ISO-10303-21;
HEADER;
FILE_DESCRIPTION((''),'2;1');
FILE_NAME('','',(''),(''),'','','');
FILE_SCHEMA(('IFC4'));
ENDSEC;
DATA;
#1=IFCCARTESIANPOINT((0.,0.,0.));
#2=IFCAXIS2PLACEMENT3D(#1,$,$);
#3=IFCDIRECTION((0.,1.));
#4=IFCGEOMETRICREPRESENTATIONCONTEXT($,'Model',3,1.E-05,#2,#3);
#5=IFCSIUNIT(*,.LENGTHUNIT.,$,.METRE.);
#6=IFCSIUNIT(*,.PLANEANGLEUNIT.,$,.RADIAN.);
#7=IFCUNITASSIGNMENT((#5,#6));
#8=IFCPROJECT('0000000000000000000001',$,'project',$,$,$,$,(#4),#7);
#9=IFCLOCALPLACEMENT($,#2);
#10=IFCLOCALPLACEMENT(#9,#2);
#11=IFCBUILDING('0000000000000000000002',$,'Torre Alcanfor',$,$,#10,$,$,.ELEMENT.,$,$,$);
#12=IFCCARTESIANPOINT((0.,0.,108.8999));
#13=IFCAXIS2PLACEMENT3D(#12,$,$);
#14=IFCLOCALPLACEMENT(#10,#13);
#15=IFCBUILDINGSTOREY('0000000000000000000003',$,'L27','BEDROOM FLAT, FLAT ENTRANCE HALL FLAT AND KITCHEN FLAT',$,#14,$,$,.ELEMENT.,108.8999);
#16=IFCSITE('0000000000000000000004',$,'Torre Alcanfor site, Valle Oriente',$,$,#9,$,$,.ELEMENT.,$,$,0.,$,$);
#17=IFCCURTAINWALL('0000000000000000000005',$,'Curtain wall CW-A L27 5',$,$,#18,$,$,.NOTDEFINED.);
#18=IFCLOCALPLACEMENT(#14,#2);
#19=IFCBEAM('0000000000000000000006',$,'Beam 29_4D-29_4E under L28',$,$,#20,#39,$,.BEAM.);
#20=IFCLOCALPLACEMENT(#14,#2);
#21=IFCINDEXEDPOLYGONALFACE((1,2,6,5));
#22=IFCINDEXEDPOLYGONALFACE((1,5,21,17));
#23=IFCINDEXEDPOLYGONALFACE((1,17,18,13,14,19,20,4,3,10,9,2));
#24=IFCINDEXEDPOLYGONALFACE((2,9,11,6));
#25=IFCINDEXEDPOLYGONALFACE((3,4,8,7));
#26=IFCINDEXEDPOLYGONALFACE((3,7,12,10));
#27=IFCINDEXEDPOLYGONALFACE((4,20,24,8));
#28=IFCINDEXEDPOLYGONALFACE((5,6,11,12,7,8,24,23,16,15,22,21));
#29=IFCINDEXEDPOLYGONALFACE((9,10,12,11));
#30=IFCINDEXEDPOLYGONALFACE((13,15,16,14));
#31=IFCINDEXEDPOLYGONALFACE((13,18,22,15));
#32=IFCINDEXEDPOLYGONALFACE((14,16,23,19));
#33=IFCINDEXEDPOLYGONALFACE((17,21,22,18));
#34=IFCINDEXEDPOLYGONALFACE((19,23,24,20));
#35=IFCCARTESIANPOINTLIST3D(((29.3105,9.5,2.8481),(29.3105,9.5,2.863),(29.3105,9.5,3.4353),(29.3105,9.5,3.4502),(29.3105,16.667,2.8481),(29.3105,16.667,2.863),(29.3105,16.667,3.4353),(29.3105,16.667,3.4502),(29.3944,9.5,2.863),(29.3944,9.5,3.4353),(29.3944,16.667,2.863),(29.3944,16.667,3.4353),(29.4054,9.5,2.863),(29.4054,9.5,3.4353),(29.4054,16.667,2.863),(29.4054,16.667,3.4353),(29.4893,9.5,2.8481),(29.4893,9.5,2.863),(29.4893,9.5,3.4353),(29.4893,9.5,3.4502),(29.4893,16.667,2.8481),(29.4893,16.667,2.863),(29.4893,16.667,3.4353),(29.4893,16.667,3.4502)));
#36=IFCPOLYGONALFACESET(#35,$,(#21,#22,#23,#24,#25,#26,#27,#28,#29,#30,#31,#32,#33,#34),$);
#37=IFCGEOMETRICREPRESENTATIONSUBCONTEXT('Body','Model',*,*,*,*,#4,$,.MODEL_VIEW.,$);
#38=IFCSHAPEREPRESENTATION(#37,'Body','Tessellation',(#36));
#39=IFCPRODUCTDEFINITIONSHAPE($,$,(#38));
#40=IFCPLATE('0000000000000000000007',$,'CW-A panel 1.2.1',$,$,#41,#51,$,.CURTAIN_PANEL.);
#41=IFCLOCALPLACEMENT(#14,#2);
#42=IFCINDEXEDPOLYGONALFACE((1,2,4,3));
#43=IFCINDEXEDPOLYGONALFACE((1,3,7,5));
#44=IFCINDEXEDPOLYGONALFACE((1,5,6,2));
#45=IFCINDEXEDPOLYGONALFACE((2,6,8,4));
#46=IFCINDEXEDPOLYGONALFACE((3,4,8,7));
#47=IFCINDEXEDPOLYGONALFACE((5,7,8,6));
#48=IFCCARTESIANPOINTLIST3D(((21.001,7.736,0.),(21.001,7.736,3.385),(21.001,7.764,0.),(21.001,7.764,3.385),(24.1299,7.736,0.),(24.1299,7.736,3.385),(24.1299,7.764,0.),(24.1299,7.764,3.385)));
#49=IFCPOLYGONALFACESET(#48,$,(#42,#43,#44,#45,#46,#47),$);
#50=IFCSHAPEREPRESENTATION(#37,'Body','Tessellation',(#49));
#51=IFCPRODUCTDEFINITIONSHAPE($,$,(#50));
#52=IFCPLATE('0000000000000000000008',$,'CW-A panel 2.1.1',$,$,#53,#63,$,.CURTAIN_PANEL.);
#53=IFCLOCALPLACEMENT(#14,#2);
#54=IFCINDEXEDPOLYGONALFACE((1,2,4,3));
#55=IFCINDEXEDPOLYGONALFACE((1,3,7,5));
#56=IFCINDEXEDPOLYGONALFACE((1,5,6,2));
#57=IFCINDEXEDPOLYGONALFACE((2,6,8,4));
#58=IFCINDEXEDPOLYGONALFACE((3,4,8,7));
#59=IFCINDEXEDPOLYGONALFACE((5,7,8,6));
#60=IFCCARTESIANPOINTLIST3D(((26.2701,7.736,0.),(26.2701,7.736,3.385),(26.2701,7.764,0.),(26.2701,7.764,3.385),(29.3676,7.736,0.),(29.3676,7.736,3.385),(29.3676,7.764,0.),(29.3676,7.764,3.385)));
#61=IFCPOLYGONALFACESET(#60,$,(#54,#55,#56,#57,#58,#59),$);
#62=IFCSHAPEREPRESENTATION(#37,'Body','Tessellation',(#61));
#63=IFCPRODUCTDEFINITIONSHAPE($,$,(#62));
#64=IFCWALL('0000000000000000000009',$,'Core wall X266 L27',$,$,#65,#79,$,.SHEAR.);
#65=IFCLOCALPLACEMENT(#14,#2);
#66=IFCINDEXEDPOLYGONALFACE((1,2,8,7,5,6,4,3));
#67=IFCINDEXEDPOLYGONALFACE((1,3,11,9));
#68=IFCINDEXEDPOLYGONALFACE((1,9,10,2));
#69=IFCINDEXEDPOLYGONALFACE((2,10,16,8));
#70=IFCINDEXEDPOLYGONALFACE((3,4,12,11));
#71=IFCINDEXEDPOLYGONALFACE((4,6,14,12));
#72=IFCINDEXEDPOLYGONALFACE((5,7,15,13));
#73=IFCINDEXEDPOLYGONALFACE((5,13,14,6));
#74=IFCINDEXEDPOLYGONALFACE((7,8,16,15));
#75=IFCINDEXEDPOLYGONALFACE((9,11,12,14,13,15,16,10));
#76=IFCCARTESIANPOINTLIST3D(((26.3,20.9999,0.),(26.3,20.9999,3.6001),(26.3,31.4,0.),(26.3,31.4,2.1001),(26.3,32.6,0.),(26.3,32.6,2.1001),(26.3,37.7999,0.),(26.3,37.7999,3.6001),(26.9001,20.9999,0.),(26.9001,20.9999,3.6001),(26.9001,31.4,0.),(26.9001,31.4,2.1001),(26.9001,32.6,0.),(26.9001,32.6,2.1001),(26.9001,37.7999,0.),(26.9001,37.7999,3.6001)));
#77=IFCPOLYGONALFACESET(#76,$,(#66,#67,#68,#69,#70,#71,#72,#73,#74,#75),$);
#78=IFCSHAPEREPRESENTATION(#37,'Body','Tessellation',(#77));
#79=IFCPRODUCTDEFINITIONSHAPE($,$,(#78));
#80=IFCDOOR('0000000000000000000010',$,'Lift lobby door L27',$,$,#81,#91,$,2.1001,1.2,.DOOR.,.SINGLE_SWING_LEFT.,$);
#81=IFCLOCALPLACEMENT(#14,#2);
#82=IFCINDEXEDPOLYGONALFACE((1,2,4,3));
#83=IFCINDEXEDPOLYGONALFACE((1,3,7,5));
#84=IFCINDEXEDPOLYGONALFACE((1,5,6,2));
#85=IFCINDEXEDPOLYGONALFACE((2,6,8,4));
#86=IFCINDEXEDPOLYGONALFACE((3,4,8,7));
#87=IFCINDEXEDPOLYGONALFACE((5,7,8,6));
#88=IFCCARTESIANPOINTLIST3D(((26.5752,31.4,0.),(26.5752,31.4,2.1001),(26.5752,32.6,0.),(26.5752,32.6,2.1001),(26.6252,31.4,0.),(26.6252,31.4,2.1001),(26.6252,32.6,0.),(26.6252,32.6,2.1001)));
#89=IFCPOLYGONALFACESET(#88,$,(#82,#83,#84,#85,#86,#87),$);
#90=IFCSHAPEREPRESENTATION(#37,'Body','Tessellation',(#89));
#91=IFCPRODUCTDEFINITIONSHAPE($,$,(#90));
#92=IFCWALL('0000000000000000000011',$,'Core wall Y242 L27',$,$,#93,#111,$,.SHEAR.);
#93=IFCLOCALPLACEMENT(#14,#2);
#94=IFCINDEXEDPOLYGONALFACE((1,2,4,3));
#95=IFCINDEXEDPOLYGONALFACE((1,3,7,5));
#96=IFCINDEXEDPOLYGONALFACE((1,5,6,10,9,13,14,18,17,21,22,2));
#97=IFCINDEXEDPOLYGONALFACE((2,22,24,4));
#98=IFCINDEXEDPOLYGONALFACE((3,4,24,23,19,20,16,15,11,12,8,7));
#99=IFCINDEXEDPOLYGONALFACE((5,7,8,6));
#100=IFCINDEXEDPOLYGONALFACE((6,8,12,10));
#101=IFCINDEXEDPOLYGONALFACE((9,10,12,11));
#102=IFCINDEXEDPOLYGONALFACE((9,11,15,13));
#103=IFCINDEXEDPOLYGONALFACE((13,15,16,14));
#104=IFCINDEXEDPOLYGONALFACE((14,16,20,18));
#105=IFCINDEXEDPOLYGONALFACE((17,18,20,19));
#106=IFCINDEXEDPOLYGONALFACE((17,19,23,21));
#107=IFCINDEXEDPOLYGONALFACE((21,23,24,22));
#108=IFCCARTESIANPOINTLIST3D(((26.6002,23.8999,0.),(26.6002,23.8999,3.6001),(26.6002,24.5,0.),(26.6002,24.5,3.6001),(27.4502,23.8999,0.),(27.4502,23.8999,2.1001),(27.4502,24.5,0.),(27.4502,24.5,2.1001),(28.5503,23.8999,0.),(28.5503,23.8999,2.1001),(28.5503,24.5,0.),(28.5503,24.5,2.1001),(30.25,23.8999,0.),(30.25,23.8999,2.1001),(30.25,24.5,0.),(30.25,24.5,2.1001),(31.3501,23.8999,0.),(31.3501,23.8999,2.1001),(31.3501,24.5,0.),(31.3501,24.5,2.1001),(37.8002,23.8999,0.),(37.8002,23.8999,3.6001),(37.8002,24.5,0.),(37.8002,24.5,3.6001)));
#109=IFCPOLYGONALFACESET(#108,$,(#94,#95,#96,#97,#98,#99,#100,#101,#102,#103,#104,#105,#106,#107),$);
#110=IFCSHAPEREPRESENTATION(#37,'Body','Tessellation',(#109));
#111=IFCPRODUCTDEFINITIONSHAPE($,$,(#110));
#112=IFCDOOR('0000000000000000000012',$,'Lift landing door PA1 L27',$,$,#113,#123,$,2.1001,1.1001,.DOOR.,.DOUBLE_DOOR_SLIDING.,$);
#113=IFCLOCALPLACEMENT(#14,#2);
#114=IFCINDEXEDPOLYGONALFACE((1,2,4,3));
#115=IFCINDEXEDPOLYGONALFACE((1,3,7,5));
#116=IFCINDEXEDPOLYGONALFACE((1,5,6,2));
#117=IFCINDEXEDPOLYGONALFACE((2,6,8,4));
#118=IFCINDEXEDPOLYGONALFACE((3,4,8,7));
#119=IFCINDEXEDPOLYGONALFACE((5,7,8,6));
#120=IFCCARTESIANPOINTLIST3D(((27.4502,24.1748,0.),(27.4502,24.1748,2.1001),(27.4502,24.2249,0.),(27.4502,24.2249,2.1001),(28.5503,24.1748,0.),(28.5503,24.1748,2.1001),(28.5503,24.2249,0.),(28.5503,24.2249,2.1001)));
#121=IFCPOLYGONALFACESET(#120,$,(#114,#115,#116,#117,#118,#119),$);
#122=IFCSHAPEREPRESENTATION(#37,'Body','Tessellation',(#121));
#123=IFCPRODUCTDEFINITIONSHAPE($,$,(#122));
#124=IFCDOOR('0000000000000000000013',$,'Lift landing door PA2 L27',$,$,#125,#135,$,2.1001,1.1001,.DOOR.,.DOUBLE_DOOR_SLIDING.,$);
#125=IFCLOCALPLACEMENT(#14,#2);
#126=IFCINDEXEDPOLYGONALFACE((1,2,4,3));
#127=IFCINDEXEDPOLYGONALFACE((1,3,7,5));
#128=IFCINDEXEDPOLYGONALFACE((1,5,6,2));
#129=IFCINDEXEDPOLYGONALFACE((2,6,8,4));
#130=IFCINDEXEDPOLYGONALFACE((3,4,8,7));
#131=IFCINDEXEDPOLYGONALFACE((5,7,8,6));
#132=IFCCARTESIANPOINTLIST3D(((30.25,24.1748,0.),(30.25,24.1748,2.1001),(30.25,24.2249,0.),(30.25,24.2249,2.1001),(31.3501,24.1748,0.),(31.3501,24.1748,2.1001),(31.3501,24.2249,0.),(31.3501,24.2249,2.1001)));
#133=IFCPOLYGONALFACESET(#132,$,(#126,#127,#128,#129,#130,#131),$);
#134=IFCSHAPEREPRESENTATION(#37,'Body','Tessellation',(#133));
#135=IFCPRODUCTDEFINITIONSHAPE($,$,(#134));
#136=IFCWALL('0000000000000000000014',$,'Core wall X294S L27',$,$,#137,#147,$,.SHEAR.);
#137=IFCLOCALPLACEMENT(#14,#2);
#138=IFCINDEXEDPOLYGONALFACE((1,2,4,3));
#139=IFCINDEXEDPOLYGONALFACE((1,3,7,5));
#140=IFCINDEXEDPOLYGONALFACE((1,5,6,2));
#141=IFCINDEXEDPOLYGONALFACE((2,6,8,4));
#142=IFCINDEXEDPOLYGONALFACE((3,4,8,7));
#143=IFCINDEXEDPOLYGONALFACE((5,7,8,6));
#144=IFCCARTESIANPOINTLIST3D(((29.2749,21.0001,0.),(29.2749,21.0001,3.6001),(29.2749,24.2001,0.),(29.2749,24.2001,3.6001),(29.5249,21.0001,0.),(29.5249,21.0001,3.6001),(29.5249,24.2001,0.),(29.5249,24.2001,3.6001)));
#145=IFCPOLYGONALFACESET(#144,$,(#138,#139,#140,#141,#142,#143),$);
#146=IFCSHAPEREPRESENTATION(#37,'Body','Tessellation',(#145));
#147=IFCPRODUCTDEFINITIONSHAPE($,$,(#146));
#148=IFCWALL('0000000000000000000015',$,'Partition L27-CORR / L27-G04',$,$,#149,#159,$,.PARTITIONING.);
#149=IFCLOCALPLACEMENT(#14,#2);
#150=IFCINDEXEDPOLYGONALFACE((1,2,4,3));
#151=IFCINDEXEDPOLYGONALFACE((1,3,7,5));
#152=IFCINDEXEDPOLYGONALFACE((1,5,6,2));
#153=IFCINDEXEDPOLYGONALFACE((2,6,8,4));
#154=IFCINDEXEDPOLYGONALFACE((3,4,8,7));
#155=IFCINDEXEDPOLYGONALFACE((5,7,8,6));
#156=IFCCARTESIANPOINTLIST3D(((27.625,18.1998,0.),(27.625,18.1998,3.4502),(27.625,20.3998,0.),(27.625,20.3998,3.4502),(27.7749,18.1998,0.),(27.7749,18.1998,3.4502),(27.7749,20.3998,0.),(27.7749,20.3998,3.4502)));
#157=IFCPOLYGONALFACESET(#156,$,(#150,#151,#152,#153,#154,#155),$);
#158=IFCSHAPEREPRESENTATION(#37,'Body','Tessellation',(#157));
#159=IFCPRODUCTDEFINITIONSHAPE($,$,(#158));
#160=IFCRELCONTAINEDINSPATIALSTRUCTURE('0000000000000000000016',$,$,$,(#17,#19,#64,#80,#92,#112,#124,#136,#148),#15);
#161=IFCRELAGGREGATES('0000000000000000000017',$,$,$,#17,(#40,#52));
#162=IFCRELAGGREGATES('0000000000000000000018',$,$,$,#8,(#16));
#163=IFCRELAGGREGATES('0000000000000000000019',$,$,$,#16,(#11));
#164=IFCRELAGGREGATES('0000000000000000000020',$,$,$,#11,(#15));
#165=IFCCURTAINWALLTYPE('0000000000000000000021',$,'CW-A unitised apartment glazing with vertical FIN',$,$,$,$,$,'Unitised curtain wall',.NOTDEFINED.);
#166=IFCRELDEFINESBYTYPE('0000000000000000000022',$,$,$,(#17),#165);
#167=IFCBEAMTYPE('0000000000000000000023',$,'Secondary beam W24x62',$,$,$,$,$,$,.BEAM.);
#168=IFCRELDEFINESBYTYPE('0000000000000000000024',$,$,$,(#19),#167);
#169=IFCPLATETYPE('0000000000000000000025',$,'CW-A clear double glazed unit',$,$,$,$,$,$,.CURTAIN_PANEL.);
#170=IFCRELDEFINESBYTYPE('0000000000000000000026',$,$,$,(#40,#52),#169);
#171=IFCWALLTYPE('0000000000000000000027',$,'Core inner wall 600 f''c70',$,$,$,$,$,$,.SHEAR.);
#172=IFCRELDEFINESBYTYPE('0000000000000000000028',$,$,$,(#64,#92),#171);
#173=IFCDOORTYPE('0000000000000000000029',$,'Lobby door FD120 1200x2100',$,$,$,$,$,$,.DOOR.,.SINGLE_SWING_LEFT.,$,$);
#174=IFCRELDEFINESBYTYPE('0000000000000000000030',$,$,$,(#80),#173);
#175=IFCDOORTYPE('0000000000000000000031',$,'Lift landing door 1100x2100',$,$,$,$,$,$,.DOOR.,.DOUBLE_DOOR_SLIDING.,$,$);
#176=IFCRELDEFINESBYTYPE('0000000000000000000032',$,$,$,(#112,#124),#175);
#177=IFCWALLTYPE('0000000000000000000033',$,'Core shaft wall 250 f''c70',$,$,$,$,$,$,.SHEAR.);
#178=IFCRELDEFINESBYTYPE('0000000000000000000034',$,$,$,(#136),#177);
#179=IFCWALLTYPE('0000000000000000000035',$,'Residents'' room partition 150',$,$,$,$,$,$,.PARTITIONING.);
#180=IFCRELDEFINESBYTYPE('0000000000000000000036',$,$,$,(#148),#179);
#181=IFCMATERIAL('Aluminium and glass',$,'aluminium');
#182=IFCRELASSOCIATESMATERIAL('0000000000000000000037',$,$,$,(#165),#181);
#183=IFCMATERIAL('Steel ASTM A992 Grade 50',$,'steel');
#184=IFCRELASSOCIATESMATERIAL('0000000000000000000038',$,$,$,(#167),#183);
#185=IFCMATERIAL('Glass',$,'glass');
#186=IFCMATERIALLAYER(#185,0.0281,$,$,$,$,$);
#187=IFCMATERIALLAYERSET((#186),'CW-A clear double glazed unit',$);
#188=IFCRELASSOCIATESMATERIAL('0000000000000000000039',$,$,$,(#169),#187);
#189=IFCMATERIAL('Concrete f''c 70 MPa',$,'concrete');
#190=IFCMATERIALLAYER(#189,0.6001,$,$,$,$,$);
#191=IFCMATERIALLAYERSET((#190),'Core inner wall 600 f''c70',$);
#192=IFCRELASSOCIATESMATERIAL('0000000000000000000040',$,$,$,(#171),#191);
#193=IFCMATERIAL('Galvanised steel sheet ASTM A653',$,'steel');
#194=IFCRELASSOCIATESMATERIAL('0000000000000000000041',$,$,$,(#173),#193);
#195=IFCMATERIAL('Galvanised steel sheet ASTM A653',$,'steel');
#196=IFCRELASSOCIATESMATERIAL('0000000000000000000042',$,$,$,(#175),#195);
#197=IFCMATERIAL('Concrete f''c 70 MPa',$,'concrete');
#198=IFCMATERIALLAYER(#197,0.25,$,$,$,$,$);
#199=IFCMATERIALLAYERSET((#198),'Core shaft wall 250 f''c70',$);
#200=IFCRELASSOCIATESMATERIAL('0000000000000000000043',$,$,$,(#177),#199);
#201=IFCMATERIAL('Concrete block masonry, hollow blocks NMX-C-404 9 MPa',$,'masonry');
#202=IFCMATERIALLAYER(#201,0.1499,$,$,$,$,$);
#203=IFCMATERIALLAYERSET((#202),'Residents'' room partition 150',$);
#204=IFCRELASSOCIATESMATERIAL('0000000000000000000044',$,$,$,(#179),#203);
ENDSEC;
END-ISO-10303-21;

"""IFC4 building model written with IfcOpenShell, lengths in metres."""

from ifc_helpers import new_model, si_unit, direction, frame, frame_2d, origin, origin_2d, place, context, subcontext, project, spatial, rectangle, i_section, extrude, material, layer, layer_set, material_profile, profile_set, type_object, element, fill, aggregate, save


model = new_model("IFC4")

# Units and contexts
model_context = context("Model", 3, precision=1e-05, world=origin(), true_north=direction((0.0, 1.0)))
body_context = subcontext(model_context, "Body", "Model", "MODEL_VIEW")
ifc_project = project(units=[si_unit("LENGTHUNIT", "METRE"), si_unit("PLANEANGLEUNIT", "RADIAN")], contexts=[model_context])

# Site, building, storey
site_placement = place(None, origin())
site = spatial("IfcSite", under=ifc_project, at=site_placement, Name="Torre Alcanfor site, Valle Oriente", CompositionType="ELEMENT", RefElevation=0.0)
building_placement = place(site_placement, origin())
building = spatial("IfcBuilding", under=site, at=building_placement, Name="Torre Alcanfor", CompositionType="ELEMENT")
storey_placement = place(building_placement, frame((0.0, 0.0, 108.8999)))
storey = spatial("IfcBuildingStorey", under=building, at=storey_placement, Name="L27", Description="BEDROOM FLAT, FLAT ENTRANCE HALL FLAT AND KITCHEN FLAT", CompositionType="ELEMENT", Elevation=108.8999)

# Curtain wall
ifc_material_1 = material(Name="Aluminium and glass", Category="aluminium")
curtain_wall_type = type_object("IfcCurtainWallType", Name="CW-A unitised apartment glazing with vertical FIN", ElementType="Unitised curtain wall", PredefinedType="NOTDEFINED", material=ifc_material_1)
curtain_wall_placement = place(storey_placement, origin())
curtain_wall = element("IfcCurtainWall", 1, at=curtain_wall_placement, inside=storey, type_object=curtain_wall_type, Name="Curtain wall CW-A L27 5", PredefinedType="NOTDEFINED")

# Beam
ifc_material_2 = material(Name="Steel ASTM A992 Grade 50", Category="steel")
ifc_material_profile_1 = material_profile(ifc_material_2, i_section(OverallWidth=0.1787, OverallDepth=0.6021, WebThickness=0.011, FlangeThickness=0.0149, at=origin_2d()), Name="W24x62")
ifc_profile_set_1 = profile_set([ifc_material_profile_1], Name="Steel ASTM A992 Grade 50")
beam_type_1 = type_object("IfcBeamType", Name="Secondary beam W24x62", PredefinedType="BEAM", material=ifc_profile_set_1)
beam_1_placement = place(storey_placement, frame((29.3999, 9.5, 3.1492), z_axis=(0.0, 1.0, 0.0), x_axis=(-1.0, 0.0, 0.0)))
element("IfcBeam", 2, at=beam_1_placement, inside=storey, type_object=beam_type_1, Name="Beam 29_4D-29_4E under L28", PredefinedType="BEAM", context=body_context, shape_type="SweptSolid", body=[
    extrude(i_section(OverallWidth=0.1787, OverallDepth=0.6021, WebThickness=0.011, FlangeThickness=0.0149, at=origin_2d()), origin(), (0.0, 0.0, 1.0), 7.167),
])

# Plates
ifc_material_3 = material(Name="Glass", Category="glass")
ifc_layer_1 = layer(ifc_material_3, 0.0281)
ifc_layer_set_1 = layer_set([ifc_layer_1], Name="CW-A clear double glazed unit")
plate_type = type_object("IfcPlateType", Name="CW-A clear double glazed unit", PredefinedType="CURTAIN_PANEL", material=ifc_layer_set_1)
plate_1_placement = place(storey_placement, frame((22.5654, 7.75, 0.0), z_axis=(0.0, 0.0, 1.0), x_axis=(1.0, 0.0, 0.0)))
plate_1 = element("IfcPlate", 3, at=plate_1_placement, type_object=plate_type, Name="CW-A panel 1.2.1", PredefinedType="CURTAIN_PANEL", context=body_context, shape_type="SweptSolid", body=[
    extrude(rectangle(XDim=3.1289, YDim=0.0281, at=origin_2d()), origin(), (0.0, 0.0, 1.0), 3.385),
])
plate_2_placement = place(storey_placement, frame((27.8188, 7.75, 0.0), z_axis=(0.0, 0.0, 1.0), x_axis=(1.0, 0.0, 0.0)))
plate_2 = element("IfcPlate", 4, at=plate_2_placement, type_object=plate_type, Name="CW-A panel 2.1.1", PredefinedType="CURTAIN_PANEL", context=body_context, shape_type="SweptSolid", body=[
    extrude(rectangle(XDim=3.0974, YDim=0.0281, at=origin_2d()), origin(), (0.0, 0.0, 1.0), 3.385),
])
aggregate(curtain_wall, [plate_1, plate_2])

# Wall, opening, door
ifc_material_4 = material(Name="Concrete f'c 70 MPa", Category="concrete")
ifc_layer_2 = layer(ifc_material_4, 0.6001)
ifc_layer_set_2 = layer_set([ifc_layer_2], Name="Core inner wall 600 f'c70")
wall_type_1 = type_object("IfcWallType", Name="Core inner wall 600 f'c70", PredefinedType="SHEAR", material=ifc_layer_set_2)
wall_1_placement = place(storey_placement, frame((26.6001, 21.0, 0.0), z_axis=(0.0, 0.0, 1.0), x_axis=(0.0, 1.0, 0.0)))
wall_1 = element("IfcWall", 5, at=wall_1_placement, inside=storey, type_object=wall_type_1, Name="Core wall X266 L27", PredefinedType="SHEAR", context=body_context, shape_type="SweptSolid", body=[
    extrude(rectangle(XDim=16.8, YDim=0.6001, at=frame_2d((8.3999, 0.0))), origin(), (0.0, 0.0, 1.0), 3.6001),
])
opening_1_placement = place(wall_1_placement, frame((10.3999, 0.0, 0.0)))
opening_1 = element("IfcOpeningElement", 6, at=opening_1_placement, cuts=wall_1, PredefinedType="OPENING", context=body_context, shape_type="SweptSolid", body=[
    extrude(rectangle(XDim=1.2, YDim=2.1001, at=frame_2d((0.6001, 1.05))), frame((0.0, 0.3101, 0.0), z_axis=(0.0, -1.0, 0.0), x_axis=(1.0, 0.0, 0.0)), (0.0, 0.0, 1.0), 0.6201),
])
ifc_material_5 = material(Name="Galvanised steel sheet ASTM A653", Category="steel")
door_type_1 = type_object("IfcDoorType", Name="Lobby door FD120 1200x2100", OperationType="SINGLE_SWING_LEFT", PredefinedType="DOOR", material=ifc_material_5)
door_1_placement = place(opening_1_placement, origin())
door_1 = element("IfcDoor", 7, at=door_1_placement, inside=storey, type_object=door_type_1, Name="Lift lobby door L27", OperationType="SINGLE_SWING_LEFT", OverallHeight=2.1001, OverallWidth=1.2, PredefinedType="DOOR", context=body_context, shape_type="SweptSolid", body=[
    extrude(rectangle(XDim=1.2, YDim=2.1001, at=frame_2d((0.6001, 1.05))), frame((0.0, 0.0249, 0.0), z_axis=(0.0, -1.0, 0.0), x_axis=(1.0, 0.0, 0.0)), (0.0, 0.0, 1.0), 0.05),
])
fill(opening_1, door_1)

# Wall, openings, doors
wall_2_placement = place(storey_placement, frame((26.6001, 24.2, 0.0), z_axis=(0.0, 0.0, 1.0), x_axis=(1.0, 0.0, 0.0)))
wall_2 = element("IfcWall", 8, at=wall_2_placement, inside=storey, type_object=wall_type_1, Name="Core wall Y242 L27", PredefinedType="SHEAR", context=body_context, shape_type="SweptSolid", body=[
    extrude(rectangle(XDim=11.2, YDim=0.6001, at=frame_2d((5.6001, 0.0))), origin(), (0.0, 0.0, 1.0), 3.6001),
])
opening_2_placement = place(wall_2_placement, frame((0.8501, 0.0, 0.0)))
opening_2 = element("IfcOpeningElement", 9, at=opening_2_placement, cuts=wall_2, PredefinedType="OPENING", context=body_context, shape_type="SweptSolid", body=[
    extrude(rectangle(XDim=1.1001, YDim=2.1001, at=frame_2d((0.55, 1.05))), frame((0.0, 0.3101, 0.0), z_axis=(0.0, -1.0, 0.0), x_axis=(1.0, 0.0, 0.0)), (0.0, 0.0, 1.0), 0.6201),
])
opening_3_placement = place(wall_2_placement, frame((3.6499, 0.0, 0.0)))
opening_3 = element("IfcOpeningElement", 10, at=opening_3_placement, cuts=wall_2, PredefinedType="OPENING", context=body_context, shape_type="SweptSolid", body=[
    extrude(rectangle(XDim=1.1001, YDim=2.1001, at=frame_2d((0.55, 1.05))), frame((0.0, 0.3101, 0.0), z_axis=(0.0, -1.0, 0.0), x_axis=(1.0, 0.0, 0.0)), (0.0, 0.0, 1.0), 0.6201),
])
ifc_material_6 = material(Name="Galvanised steel sheet ASTM A653", Category="steel")
door_type_2 = type_object("IfcDoorType", Name="Lift landing door 1100x2100", OperationType="DOUBLE_DOOR_SLIDING", PredefinedType="DOOR", material=ifc_material_6)
door_2_placement = place(opening_2_placement, origin())
door_2 = element("IfcDoor", 11, at=door_2_placement, inside=storey, type_object=door_type_2, Name="Lift landing door PA1 L27", OperationType="DOUBLE_DOOR_SLIDING", OverallHeight=2.1001, OverallWidth=1.1001, PredefinedType="DOOR", context=body_context, shape_type="SweptSolid", body=[
    extrude(rectangle(XDim=1.1001, YDim=2.1001, at=frame_2d((0.55, 1.05))), frame((0.0, 0.0249, 0.0), z_axis=(0.0, -1.0, 0.0), x_axis=(1.0, 0.0, 0.0)), (0.0, 0.0, 1.0), 0.05),
])
fill(opening_2, door_2)
door_3_placement = place(opening_3_placement, origin())
door_3 = element("IfcDoor", 12, at=door_3_placement, inside=storey, type_object=door_type_2, Name="Lift landing door PA2 L27", OperationType="DOUBLE_DOOR_SLIDING", OverallHeight=2.1001, OverallWidth=1.1001, PredefinedType="DOOR", context=body_context, shape_type="SweptSolid", body=[
    extrude(rectangle(XDim=1.1001, YDim=2.1001, at=frame_2d((0.55, 1.05))), frame((0.0, 0.0249, 0.0), z_axis=(0.0, -1.0, 0.0), x_axis=(1.0, 0.0, 0.0)), (0.0, 0.0, 1.0), 0.05),
])
fill(opening_3, door_3)

# Walls
ifc_material_7 = material(Name="Concrete f'c 70 MPa", Category="concrete")
ifc_layer_3 = layer(ifc_material_7, 0.25)
ifc_layer_set_3 = layer_set([ifc_layer_3], Name="Core shaft wall 250 f'c70")
wall_type_2 = type_object("IfcWallType", Name="Core shaft wall 250 f'c70", PredefinedType="SHEAR", material=ifc_layer_set_3)
wall_3_placement = place(storey_placement, frame((29.3999, 21.0, 0.0), z_axis=(0.0, 0.0, 1.0), x_axis=(0.0, 1.0, 0.0)))
element("IfcWall", 13, at=wall_3_placement, inside=storey, type_object=wall_type_2, Name="Core wall X294S L27", PredefinedType="SHEAR", context=body_context, shape_type="SweptSolid", body=[
    extrude(rectangle(XDim=3.2, YDim=0.25, at=frame_2d((1.6001, 0.0))), origin(), (0.0, 0.0, 1.0), 3.6001),
])
ifc_material_8 = material(Name="Concrete block masonry, hollow blocks NMX-C-404 9 MPa", Category="masonry")
ifc_layer_4 = layer(ifc_material_8, 0.1499)
ifc_layer_set_4 = layer_set([ifc_layer_4], Name="Residents' room partition 150")
wall_type_3 = type_object("IfcWallType", Name="Residents' room partition 150", PredefinedType="PARTITIONING", material=ifc_layer_set_4)
wall_4_placement = place(storey_placement, frame((27.7, 20.3999, 0.0), z_axis=(0.0, 0.0, 1.0), x_axis=(0.0, -1.0, 0.0)))
element("IfcWall", 14, at=wall_4_placement, inside=storey, type_object=wall_type_3, Name="Partition L27-CORR / L27-G04", PredefinedType="PARTITIONING", context=body_context, shape_type="SweptSolid", body=[
    extrude(rectangle(XDim=2.2, YDim=0.1499, at=frame_2d((1.1001, 0.0))), origin(), (0.0, 0.0, 1.0), 3.4502),
])

save(model, "model.ifc")
